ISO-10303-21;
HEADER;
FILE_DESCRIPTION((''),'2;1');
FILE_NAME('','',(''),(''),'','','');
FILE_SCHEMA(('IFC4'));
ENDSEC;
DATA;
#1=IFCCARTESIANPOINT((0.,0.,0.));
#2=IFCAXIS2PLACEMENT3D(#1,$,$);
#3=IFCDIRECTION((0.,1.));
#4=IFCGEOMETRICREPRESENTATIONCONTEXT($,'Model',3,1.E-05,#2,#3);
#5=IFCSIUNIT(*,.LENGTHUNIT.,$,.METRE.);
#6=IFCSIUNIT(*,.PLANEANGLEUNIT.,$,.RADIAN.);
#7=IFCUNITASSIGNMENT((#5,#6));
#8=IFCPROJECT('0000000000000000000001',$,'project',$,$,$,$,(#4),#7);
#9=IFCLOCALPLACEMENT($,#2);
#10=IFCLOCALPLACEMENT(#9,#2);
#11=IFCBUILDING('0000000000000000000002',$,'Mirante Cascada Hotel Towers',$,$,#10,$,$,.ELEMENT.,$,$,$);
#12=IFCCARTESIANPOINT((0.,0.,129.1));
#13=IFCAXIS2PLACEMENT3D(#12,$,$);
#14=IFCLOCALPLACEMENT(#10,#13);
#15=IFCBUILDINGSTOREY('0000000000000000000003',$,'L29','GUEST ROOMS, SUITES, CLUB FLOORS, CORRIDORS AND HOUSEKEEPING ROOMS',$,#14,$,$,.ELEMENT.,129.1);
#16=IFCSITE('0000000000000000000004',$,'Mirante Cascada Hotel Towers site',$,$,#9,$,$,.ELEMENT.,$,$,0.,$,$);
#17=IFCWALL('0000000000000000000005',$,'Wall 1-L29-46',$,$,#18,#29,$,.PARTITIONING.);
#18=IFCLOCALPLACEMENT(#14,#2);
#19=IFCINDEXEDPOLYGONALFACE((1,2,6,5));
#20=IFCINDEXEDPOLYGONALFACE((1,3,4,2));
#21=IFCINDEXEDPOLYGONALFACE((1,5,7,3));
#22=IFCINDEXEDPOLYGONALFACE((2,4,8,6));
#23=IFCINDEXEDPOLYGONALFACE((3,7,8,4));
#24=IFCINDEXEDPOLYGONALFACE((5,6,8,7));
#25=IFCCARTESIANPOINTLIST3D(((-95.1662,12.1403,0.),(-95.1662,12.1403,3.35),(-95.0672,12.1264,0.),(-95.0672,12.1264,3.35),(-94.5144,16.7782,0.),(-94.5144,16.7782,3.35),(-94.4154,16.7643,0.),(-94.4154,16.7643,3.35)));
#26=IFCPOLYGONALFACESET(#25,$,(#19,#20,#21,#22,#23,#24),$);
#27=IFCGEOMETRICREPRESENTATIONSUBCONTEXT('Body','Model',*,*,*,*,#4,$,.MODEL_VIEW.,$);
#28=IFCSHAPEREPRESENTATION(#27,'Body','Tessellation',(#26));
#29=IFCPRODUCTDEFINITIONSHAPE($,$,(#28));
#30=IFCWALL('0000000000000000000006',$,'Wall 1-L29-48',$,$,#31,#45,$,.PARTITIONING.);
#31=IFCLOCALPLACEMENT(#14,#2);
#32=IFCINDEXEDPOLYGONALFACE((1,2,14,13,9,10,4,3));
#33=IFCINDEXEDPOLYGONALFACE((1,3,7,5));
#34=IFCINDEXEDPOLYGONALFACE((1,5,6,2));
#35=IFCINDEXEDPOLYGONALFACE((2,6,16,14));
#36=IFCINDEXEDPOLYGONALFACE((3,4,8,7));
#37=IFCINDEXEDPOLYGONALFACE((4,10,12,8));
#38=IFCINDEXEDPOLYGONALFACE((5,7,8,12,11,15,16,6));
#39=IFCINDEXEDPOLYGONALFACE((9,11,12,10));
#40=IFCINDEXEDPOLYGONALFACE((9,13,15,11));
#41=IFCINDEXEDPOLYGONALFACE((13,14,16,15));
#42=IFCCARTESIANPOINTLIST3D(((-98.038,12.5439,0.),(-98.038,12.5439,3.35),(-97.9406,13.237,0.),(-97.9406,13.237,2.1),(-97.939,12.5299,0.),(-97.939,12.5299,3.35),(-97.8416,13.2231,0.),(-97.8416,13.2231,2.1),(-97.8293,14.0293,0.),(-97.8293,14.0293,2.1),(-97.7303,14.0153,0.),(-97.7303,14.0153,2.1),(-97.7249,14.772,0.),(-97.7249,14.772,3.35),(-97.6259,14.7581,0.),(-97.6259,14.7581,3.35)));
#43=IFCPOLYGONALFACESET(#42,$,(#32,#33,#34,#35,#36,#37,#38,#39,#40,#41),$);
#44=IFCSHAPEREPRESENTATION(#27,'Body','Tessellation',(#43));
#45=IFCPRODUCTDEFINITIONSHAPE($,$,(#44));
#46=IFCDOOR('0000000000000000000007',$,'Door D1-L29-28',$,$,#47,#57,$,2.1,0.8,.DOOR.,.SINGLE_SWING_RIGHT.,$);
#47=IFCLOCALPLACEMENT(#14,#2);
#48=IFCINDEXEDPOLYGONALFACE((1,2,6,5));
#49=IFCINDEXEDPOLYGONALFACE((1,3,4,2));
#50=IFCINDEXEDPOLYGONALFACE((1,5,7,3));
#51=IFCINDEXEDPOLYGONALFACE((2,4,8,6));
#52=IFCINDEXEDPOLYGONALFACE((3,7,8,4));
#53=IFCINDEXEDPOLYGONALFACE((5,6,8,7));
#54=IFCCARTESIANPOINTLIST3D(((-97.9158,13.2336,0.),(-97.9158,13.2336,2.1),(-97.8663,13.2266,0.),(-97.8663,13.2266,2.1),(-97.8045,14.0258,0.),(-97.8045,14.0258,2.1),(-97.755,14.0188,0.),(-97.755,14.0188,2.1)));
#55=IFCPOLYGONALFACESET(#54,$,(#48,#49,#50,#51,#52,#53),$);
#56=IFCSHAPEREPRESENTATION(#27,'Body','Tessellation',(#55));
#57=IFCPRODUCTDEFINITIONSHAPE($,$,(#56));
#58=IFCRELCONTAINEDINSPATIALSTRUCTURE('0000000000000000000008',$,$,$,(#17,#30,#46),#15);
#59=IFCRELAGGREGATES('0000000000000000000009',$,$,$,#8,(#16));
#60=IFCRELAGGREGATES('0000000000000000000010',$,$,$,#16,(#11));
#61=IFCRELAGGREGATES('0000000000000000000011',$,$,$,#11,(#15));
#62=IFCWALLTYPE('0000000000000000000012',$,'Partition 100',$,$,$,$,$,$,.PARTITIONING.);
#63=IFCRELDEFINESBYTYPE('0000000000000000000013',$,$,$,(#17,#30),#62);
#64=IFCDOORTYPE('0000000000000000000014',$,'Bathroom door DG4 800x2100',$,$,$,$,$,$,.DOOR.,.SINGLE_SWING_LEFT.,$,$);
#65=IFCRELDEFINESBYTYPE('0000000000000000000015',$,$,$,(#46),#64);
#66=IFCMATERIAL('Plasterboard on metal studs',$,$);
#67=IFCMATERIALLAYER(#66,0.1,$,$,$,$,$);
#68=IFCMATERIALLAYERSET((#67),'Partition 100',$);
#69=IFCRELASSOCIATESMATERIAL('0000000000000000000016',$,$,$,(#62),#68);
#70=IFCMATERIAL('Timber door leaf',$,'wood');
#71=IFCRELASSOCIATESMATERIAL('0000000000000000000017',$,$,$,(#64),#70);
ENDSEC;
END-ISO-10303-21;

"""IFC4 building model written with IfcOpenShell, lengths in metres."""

from ifc_helpers import new_model, si_unit, direction, frame, frame_2d, origin, place, context, subcontext, project, spatial, rectangle, extrude, material, layer, layer_set, type_object, element, fill, save


model = new_model("IFC4")

# Units and contexts
model_context = context("Model", 3, precision=1e-05, world=origin(), true_north=direction((0.0, 1.0)))
body_context = subcontext(model_context, "Body", "Model", "MODEL_VIEW")
ifc_project = project(units=[si_unit("LENGTHUNIT", "METRE"), si_unit("PLANEANGLEUNIT", "RADIAN")], contexts=[model_context])

# Site, building, storey
site_placement = place(None, origin())
site = spatial("IfcSite", under=ifc_project, at=site_placement, Name="Mirante Cascada Hotel Towers site", CompositionType="ELEMENT", RefElevation=0.0)
building_placement = place(site_placement, origin())
building = spatial("IfcBuilding", under=site, at=building_placement, Name="Mirante Cascada Hotel Towers", CompositionType="ELEMENT")
storey_placement = place(building_placement, frame((0.0, 0.0, 129.1)))
storey = spatial("IfcBuildingStorey", under=building, at=storey_placement, Name="L29", Description="GUEST ROOMS, SUITES, CLUB FLOORS, CORRIDORS AND HOUSEKEEPING ROOMS", CompositionType="ELEMENT", Elevation=129.1)

# Shared definitions
ifc_material_1 = material(Name="Plasterboard on metal studs")
ifc_layer_1 = layer(ifc_material_1, 0.1)
ifc_layer_set_1 = layer_set([ifc_layer_1], Name="Partition 100")
wall_type_1 = type_object("IfcWallType", Name="Partition 100", PredefinedType="PARTITIONING", material=ifc_layer_set_1)

# Shared definitions
ifc_material_2 = material(Name="Timber door leaf", Category="wood")
door_type = type_object("IfcDoorType", Name="Bathroom door DG4 800x2100", OperationType="SINGLE_SWING_LEFT", PredefinedType="DOOR", material=ifc_material_2)

# Wall
wall_1_placement = place(storey_placement, frame((-95.1167, 12.1333, 0.0), z_axis=(0.0, 0.0, 1.0), x_axis=(0.13917, 0.990268, 0.0)))
element("IfcWall", 1, at=wall_1_placement, inside=storey, type_object=wall_type_1, Name="Wall 1-L29-46", PredefinedType="PARTITIONING", context=body_context, shape_type="SweptSolid", body=[
    extrude(rectangle(XDim=4.6835, YDim=0.1, at=frame_2d((2.3418, 0.0))), origin(), (0.0, 0.0, 1.0), 3.35),
])

# Wall, opening, door
wall_2_placement = place(storey_placement, frame((-97.9885, 12.5369, 0.0), z_axis=(0.0, 0.0, 1.0), x_axis=(0.139156, 0.990271, 0.0)))
wall_2 = element("IfcWall", 2, at=wall_2_placement, inside=storey, type_object=wall_type_1, Name="Wall 1-L29-48", PredefinedType="PARTITIONING", context=body_context, shape_type="SweptSolid", body=[
    extrude(rectangle(XDim=2.25, YDim=0.1, at=frame_2d((1.125, 0.0))), origin(), (0.0, 0.0, 1.0), 3.35),
])
opening_1_placement = place(wall_2_placement, frame((0.7, 0.0, 0.0)))
opening_1 = element("IfcOpeningElement", 3, at=opening_1_placement, cuts=wall_2, PredefinedType="OPENING", context=body_context, shape_type="SweptSolid", body=[
    extrude(rectangle(XDim=0.8, YDim=2.1, at=frame_2d((0.4, 1.05))), frame((0.0, 0.05, 0.0), z_axis=(0.0, -1.0, 0.0), x_axis=(1.0, 0.0, 0.0)), (0.0, 0.0, 1.0), 0.1),
])
door_1_placement = place(opening_1_placement, frame((0.8, 0.0, 0.0), z_axis=(0.0, 0.0, 1.0), x_axis=(-1.0, 0.0, 0.0)))
door_1 = element("IfcDoor", 4, at=door_1_placement, inside=storey, type_object=door_type, Name="Door D1-L29-28", OperationType="SINGLE_SWING_RIGHT", OverallHeight=2.1, OverallWidth=0.8, PredefinedType="DOOR", context=body_context, shape_type="SweptSolid", body=[
    extrude(rectangle(XDim=0.8, YDim=2.1, at=frame_2d((0.4, 1.05))), frame((0.0, 0.025, 0.0), z_axis=(0.0, -1.0, 0.0), x_axis=(1.0, 0.0, 0.0)), (0.0, 0.0, 1.0), 0.05),
])
fill(opening_1, door_1)

save(model, "model.ifc")
